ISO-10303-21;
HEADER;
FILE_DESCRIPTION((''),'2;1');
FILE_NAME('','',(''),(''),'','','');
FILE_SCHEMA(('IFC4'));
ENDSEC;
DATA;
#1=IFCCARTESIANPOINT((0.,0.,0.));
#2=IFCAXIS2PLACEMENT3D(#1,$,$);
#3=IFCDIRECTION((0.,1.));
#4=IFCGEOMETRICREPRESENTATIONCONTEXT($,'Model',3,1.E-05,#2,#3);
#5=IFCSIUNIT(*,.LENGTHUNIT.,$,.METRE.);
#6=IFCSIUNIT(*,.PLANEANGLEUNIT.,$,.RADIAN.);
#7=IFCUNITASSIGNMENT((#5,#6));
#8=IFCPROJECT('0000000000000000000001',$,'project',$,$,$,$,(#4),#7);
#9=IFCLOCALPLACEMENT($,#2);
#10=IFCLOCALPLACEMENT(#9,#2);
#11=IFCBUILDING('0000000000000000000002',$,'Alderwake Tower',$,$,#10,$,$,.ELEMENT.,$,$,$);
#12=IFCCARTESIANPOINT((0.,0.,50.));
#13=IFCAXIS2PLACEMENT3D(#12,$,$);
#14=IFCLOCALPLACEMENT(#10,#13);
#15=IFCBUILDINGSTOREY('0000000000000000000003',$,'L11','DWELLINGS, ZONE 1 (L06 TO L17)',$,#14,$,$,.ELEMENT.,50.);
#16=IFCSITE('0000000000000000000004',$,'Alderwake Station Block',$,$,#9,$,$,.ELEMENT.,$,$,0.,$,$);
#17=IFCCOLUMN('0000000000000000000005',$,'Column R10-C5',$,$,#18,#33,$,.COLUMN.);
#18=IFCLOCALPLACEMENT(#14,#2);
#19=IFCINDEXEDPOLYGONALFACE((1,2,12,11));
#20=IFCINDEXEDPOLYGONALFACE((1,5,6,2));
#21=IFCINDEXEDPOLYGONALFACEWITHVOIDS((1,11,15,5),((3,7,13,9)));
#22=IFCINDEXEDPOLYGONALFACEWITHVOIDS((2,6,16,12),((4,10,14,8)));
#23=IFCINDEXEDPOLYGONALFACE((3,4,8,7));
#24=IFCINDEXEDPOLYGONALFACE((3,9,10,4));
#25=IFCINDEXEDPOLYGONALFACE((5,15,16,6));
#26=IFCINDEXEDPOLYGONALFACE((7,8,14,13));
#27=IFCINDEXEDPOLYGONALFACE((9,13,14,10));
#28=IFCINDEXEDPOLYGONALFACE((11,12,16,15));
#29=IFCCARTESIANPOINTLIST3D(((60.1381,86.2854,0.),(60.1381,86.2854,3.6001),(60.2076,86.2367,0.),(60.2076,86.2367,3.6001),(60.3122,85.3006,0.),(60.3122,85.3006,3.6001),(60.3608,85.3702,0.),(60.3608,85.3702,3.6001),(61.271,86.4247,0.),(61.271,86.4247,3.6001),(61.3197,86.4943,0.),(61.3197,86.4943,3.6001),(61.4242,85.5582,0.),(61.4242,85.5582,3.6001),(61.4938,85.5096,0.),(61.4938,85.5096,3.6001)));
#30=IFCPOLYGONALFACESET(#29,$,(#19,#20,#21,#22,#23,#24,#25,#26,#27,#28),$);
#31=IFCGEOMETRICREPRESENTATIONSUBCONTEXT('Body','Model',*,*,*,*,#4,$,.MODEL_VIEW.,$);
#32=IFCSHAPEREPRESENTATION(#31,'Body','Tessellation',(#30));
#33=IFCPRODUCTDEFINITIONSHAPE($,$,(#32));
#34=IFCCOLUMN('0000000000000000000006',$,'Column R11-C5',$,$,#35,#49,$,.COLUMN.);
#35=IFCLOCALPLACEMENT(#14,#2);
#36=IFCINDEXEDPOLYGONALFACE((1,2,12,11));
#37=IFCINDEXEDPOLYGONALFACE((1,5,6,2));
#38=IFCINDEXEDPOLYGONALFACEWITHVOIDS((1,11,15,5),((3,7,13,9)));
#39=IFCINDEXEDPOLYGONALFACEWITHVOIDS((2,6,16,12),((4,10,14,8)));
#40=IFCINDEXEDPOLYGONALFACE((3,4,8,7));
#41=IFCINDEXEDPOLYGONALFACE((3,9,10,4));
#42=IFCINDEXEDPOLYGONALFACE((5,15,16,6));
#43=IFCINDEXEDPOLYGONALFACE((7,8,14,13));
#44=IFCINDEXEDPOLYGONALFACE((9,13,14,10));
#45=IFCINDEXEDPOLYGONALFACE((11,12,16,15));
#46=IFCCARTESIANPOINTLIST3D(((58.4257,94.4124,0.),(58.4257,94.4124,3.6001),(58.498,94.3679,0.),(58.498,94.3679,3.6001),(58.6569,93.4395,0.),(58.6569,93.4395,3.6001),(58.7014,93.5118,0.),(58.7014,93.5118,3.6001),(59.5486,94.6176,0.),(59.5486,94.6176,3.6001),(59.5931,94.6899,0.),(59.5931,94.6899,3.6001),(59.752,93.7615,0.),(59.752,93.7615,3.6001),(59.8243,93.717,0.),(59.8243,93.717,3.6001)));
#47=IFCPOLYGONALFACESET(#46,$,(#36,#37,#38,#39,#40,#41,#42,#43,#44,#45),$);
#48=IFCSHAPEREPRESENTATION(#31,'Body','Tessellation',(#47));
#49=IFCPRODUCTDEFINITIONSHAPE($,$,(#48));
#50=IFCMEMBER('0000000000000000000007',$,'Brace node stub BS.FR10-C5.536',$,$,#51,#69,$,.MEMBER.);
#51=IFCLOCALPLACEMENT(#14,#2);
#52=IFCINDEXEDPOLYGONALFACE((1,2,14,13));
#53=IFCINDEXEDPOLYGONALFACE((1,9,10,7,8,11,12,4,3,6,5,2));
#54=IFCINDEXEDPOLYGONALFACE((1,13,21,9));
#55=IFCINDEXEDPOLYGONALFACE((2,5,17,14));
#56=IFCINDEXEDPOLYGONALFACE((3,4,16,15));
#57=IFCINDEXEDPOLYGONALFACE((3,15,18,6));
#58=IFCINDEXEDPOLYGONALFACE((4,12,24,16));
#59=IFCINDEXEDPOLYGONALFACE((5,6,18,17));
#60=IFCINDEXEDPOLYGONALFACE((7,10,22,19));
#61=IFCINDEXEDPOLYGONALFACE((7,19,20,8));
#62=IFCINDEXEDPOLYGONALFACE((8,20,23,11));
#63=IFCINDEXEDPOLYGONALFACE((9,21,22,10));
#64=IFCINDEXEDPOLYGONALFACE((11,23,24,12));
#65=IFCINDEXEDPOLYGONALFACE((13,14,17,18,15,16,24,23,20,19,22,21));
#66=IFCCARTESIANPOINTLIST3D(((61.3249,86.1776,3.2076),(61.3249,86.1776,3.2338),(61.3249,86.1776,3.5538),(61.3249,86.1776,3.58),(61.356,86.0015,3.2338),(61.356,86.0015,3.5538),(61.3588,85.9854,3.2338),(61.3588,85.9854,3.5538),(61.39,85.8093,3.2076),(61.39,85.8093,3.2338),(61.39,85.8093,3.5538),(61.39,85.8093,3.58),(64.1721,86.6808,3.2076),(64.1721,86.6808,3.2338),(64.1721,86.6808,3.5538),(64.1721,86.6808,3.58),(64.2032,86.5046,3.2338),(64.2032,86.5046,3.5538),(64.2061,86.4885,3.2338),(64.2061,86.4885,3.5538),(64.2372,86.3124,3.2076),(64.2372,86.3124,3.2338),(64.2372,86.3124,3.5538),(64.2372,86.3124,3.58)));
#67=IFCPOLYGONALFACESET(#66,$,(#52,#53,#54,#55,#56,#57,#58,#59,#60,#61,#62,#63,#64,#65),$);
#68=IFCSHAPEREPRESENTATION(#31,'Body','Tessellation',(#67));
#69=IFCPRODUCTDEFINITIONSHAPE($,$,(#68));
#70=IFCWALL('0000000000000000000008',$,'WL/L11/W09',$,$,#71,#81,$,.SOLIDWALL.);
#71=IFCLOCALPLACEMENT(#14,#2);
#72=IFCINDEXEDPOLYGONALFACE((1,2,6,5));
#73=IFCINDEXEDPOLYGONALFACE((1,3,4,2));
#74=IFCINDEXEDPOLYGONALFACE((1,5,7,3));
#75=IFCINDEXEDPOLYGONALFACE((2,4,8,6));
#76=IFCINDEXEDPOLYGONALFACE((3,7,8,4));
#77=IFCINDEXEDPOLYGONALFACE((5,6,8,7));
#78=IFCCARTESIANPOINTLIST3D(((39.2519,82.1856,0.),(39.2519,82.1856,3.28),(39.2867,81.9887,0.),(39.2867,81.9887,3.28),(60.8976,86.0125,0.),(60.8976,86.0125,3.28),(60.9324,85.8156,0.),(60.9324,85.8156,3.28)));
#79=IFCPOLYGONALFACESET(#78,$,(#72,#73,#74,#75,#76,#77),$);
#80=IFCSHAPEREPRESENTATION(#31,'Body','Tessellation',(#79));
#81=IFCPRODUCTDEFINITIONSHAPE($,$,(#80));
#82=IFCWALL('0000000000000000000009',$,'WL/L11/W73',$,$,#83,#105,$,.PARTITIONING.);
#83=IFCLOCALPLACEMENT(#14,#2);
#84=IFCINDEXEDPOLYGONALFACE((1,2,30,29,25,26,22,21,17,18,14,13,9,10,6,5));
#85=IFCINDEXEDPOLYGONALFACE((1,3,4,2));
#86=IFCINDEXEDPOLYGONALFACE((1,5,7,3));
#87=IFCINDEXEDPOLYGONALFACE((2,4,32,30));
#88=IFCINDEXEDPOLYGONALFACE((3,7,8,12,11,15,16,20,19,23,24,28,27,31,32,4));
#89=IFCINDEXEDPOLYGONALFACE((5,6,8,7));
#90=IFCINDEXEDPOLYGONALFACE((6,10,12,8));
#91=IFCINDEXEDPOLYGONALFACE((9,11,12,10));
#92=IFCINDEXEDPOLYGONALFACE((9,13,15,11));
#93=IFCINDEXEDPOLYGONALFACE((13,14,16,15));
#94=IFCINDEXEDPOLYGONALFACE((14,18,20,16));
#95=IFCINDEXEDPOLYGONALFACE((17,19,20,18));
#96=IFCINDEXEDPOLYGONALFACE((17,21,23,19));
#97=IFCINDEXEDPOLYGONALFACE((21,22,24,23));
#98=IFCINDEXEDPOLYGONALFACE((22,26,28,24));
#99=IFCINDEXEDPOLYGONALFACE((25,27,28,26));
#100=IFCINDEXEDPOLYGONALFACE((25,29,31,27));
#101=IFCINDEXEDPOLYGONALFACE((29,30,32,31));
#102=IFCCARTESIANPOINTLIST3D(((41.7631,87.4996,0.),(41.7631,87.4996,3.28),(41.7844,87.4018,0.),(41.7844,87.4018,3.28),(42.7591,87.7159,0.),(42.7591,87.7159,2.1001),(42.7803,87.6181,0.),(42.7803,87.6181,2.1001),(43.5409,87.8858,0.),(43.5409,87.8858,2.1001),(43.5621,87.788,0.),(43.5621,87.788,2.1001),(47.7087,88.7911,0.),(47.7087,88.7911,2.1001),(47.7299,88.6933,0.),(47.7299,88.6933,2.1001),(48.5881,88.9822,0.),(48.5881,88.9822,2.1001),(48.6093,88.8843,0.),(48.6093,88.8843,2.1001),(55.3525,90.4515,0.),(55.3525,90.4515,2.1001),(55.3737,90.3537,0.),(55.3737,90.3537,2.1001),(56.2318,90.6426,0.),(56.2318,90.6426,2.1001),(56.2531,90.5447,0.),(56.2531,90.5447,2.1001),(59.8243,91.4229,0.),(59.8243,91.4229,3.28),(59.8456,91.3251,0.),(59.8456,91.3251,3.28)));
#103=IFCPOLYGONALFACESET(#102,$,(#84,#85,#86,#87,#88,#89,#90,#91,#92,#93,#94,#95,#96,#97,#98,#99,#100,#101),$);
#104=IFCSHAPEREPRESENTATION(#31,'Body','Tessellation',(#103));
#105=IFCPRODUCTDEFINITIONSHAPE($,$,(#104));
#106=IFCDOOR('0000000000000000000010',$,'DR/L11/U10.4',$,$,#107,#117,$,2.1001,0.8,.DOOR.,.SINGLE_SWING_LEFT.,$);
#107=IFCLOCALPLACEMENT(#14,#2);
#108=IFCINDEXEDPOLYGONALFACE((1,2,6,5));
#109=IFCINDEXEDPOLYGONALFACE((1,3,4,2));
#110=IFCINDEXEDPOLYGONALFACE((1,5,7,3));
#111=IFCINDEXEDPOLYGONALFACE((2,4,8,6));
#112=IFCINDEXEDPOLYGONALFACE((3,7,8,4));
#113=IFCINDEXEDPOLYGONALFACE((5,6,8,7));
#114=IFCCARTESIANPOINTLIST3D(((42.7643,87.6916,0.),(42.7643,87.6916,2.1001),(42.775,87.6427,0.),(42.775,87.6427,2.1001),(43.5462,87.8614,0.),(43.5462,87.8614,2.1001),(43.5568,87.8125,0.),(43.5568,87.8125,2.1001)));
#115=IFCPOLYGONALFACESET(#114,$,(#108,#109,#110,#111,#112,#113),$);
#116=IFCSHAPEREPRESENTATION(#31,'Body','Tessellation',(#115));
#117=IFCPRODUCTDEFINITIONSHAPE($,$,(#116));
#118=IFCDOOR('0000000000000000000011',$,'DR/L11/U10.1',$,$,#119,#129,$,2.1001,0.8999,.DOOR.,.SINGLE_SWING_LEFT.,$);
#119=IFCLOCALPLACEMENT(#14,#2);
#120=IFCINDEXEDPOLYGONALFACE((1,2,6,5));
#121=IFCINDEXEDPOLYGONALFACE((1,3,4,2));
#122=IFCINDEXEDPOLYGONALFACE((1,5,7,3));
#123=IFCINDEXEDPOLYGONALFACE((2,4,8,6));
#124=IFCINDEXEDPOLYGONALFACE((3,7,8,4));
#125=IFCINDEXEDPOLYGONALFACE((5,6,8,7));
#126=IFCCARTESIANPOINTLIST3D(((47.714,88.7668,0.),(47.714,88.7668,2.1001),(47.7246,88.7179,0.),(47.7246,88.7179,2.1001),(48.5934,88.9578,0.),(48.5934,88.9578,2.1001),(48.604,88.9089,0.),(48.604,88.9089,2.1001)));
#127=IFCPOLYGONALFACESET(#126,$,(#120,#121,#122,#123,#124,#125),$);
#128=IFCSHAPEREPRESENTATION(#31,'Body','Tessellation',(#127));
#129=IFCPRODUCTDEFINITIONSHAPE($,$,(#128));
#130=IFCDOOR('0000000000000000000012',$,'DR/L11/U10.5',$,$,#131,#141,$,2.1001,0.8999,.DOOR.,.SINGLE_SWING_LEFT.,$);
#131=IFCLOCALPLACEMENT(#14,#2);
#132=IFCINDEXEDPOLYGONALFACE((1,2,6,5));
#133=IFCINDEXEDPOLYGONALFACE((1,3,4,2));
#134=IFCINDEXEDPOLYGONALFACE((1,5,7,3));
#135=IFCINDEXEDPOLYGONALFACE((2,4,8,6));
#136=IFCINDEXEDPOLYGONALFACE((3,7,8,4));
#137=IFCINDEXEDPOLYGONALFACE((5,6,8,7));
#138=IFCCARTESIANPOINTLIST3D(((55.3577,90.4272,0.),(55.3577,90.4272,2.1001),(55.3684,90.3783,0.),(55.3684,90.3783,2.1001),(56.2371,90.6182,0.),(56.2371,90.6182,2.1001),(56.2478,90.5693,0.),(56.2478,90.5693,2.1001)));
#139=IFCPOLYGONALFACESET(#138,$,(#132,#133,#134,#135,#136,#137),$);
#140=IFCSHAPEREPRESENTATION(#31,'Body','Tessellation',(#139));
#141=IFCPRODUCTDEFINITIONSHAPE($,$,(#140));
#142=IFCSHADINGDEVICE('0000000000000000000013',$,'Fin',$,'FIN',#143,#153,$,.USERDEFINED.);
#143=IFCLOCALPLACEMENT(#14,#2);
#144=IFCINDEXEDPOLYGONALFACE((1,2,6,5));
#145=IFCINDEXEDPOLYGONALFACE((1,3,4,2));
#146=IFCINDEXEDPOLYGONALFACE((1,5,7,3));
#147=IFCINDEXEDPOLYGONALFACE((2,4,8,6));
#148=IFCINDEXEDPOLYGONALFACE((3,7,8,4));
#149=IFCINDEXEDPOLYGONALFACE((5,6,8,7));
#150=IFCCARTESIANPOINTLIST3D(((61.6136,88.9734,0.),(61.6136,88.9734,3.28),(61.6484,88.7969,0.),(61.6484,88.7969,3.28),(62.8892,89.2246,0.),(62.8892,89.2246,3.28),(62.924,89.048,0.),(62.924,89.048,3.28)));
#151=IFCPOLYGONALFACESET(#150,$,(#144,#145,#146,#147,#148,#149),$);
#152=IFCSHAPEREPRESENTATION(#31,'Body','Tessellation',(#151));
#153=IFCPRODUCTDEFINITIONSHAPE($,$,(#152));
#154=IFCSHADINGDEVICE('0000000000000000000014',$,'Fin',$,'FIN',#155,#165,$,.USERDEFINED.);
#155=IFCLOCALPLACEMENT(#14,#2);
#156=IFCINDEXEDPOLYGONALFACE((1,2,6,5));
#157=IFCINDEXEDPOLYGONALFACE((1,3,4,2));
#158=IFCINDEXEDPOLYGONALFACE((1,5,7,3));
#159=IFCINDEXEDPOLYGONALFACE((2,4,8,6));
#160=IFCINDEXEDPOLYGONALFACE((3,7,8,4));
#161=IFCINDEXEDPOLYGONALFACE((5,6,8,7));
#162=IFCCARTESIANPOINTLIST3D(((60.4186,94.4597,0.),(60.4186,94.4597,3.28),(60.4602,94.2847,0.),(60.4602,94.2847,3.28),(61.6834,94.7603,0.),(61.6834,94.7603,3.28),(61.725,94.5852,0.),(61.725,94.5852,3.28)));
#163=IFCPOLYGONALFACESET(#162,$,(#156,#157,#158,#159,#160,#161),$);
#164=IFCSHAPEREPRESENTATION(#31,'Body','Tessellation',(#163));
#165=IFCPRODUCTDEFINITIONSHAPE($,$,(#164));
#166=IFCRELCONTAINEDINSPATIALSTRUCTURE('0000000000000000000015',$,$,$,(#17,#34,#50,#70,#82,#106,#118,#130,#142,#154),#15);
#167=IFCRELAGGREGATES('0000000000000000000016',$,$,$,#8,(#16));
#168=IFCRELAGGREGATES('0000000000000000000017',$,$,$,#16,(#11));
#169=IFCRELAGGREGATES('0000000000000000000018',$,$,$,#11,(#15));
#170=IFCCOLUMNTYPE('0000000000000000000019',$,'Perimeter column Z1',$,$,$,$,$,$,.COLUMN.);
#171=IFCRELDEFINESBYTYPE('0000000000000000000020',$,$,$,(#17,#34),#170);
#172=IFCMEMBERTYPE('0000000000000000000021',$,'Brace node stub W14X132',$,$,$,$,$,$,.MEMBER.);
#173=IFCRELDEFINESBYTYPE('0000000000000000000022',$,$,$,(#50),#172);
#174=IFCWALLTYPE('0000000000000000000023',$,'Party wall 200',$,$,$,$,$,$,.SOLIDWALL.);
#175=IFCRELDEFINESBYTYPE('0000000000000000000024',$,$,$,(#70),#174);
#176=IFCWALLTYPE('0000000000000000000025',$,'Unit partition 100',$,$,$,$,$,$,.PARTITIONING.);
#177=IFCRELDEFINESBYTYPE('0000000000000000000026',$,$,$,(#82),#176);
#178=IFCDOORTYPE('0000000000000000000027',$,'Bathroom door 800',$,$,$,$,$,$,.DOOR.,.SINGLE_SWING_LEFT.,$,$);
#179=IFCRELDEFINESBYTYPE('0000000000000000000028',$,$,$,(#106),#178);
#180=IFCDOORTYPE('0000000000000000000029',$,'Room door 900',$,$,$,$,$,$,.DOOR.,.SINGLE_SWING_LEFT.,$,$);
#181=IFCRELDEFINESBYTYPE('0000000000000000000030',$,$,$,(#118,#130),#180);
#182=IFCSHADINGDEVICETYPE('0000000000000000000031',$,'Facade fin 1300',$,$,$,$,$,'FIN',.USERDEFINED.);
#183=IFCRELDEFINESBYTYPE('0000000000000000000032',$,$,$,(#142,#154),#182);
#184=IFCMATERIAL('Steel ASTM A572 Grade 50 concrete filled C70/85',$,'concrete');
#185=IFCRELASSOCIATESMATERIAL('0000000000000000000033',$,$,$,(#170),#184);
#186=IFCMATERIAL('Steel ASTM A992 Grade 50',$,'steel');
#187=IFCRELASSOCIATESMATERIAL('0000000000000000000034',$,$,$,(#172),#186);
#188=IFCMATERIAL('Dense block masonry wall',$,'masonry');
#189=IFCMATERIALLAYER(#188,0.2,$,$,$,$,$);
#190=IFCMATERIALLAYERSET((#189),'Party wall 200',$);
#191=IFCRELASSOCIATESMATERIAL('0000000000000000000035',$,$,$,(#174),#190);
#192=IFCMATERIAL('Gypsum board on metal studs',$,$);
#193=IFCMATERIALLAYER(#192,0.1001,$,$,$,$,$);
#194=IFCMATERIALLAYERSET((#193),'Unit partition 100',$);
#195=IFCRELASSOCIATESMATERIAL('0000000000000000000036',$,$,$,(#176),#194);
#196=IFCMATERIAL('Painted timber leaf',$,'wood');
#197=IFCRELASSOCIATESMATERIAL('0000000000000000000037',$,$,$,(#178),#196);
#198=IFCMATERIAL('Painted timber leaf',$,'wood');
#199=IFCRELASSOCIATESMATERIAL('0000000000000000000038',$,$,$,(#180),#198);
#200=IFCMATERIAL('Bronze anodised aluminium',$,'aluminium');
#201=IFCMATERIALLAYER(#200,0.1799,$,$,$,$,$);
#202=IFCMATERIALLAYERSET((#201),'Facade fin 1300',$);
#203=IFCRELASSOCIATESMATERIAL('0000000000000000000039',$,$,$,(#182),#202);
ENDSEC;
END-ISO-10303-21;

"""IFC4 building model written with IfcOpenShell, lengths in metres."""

from ifc_helpers import new_model, si_unit, direction, frame, frame_2d, origin, origin_2d, place, context, subcontext, project, spatial, rectangle, hollow_rectangle, i_section, extrude, material, layer, layer_set, material_profile, profile_set, type_object, element, fill, save


model = new_model("IFC4")

# Units and contexts
model_context = context("Model", 3, precision=1e-05, world=origin(), true_north=direction((0.0, 1.0)))
body_context = subcontext(model_context, "Body", "Model", "MODEL_VIEW")
ifc_project = project(units=[si_unit("LENGTHUNIT", "METRE"), si_unit("PLANEANGLEUNIT", "RADIAN")], contexts=[model_context])

# Site, building, storey
site_placement = place(None, origin())
site = spatial("IfcSite", under=ifc_project, at=site_placement, Name="Alderwake Station Block", CompositionType="ELEMENT", RefElevation=0.0)
building_placement = place(site_placement, origin())
building = spatial("IfcBuilding", under=site, at=building_placement, Name="Alderwake Tower", CompositionType="ELEMENT")
storey_placement = place(building_placement, frame((0.0, 0.0, 50.0)))
storey = spatial("IfcBuildingStorey", under=building, at=storey_placement, Name="L11", Description="DWELLINGS, ZONE 1 (L06 TO L17)", CompositionType="ELEMENT", Elevation=50.0)

# Columns
ifc_material_1 = material(Name="Steel ASTM A572 Grade 50 concrete filled C70/85", Category="concrete")
ifc_material_profile_1 = material_profile(ifc_material_1, hollow_rectangle(XDim=1.0, YDim=1.2, WallThickness=0.0601, at=origin_2d()), Name="BOX 1200X1000X60")
ifc_profile_set_1 = profile_set([ifc_material_profile_1], Name="Steel ASTM A572 Grade 50 concrete filled C70/85")
column_type = type_object("IfcColumnType", Name="Perimeter column Z1", PredefinedType="COLUMN", material=ifc_profile_set_1)
for number, where, z_axis, x_axis, name in (
    (1, (60.8159, 85.8975, 0.0), (0.0, 0.0, 1.0), (-0.174109, 0.984726, 0.0), "Column R10-C5"),
    (2, (59.125, 94.0647, 0.0), (0.0, 0.0, 1.0), (-0.231222, 0.972901, 0.0), "Column R11-C5"),
):
    element("IfcColumn", number, at=place(storey_placement, frame(where, z_axis=z_axis, x_axis=x_axis)), inside=storey, type_object=column_type, Name=name, PredefinedType="COLUMN", context=body_context, shape_type="SweptSolid", body=[
        extrude(hollow_rectangle(XDim=1.0, YDim=1.2, WallThickness=0.0601, at=origin_2d()), origin(), (0.0, 0.0, 1.0), 3.6001),
    ])

# Member
ifc_material_2 = material(Name="Steel ASTM A992 Grade 50", Category="steel")
ifc_material_profile_2 = material_profile(ifc_material_2, i_section(OverallWidth=0.374, OverallDepth=0.3723, WebThickness=0.0164, FlangeThickness=0.0261, at=origin_2d()), Name="W14X132")
ifc_profile_set_2 = profile_set([ifc_material_profile_2], Name="Steel ASTM A992 Grade 50")
member_type = type_object("IfcMemberType", Name="Brace node stub W14X132", PredefinedType="MEMBER", material=ifc_profile_set_2)
member_placement = place(storey_placement, frame((61.3574, 85.9934, 3.3938), z_axis=(0.98474, 0.174031, 0.0), x_axis=(-0.174031, 0.98474, 0.0)))
element("IfcMember", 3, at=member_placement, inside=storey, type_object=member_type, Name="Brace node stub BS.FR10-C5.536", PredefinedType="MEMBER", context=body_context, shape_type="SweptSolid", body=[
    extrude(i_section(OverallWidth=0.374, OverallDepth=0.3723, WebThickness=0.0164, FlangeThickness=0.0261, at=origin_2d()), origin(), (0.0, 0.0, 1.0), 2.8914),
])

# Wall
ifc_material_3 = material(Name="Dense block masonry wall", Category="masonry")
ifc_layer_1 = layer(ifc_material_3, 0.2)
ifc_layer_set_1 = layer_set([ifc_layer_1], Name="Party wall 200")
wall_type_1 = type_object("IfcWallType", Name="Party wall 200", PredefinedType="SOLIDWALL", material=ifc_layer_set_1)
wall_1_placement = place(storey_placement, frame((60.915, 85.9141, 0.0), z_axis=(0.0, 0.0, 1.0), x_axis=(-0.984728, -0.174097, 0.0)))
element("IfcWall", 4, at=wall_1_placement, inside=storey, type_object=wall_type_1, Name="WL/L11/W09", PredefinedType="SOLIDWALL", context=body_context, shape_type="SweptSolid", body=[
    extrude(rectangle(XDim=21.9814, YDim=0.2, at=frame_2d((10.9907, 0.0))), origin(), (0.0, 0.0, 1.0), 3.28),
])

# Wall, openings, doors
ifc_material_4 = material(Name="Gypsum board on metal studs")
ifc_layer_2 = layer(ifc_material_4, 0.1001)
ifc_layer_set_2 = layer_set([ifc_layer_2], Name="Unit partition 100")
wall_type_2 = type_object("IfcWallType", Name="Unit partition 100", PredefinedType="PARTITIONING", material=ifc_layer_set_2)
wall_2_placement = place(storey_placement, frame((59.835, 91.374, 0.0), z_axis=(0.0, 0.0, 1.0), x_axis=(-0.97721, -0.212273, 0.0)))
wall_2 = element("IfcWall", 5, at=wall_2_placement, inside=storey, type_object=wall_type_2, Name="WL/L11/W73", PredefinedType="PARTITIONING", context=body_context, shape_type="SweptSolid", body=[
    extrude(rectangle(XDim=18.4824, YDim=0.1001, at=frame_2d((9.2412, 0.0))), origin(), (0.0, 0.0, 1.0), 3.28),
])
opening_1_placement = place(wall_2_placement, frame((11.4983, 0.0, 0.0)))
opening_1 = element("IfcOpeningElement", 6, at=opening_1_placement, cuts=wall_2, PredefinedType="OPENING", context=body_context, shape_type="SweptSolid", body=[
    extrude(rectangle(XDim=0.8999, YDim=2.1001, at=frame_2d((0.45, 1.05))), frame((0.0, 0.0601, 0.0), z_axis=(0.0, -1.0, 0.0), x_axis=(1.0, 0.0, 0.0)), (0.0, 0.0, 1.0), 0.1201),
])
opening_2_placement = place(wall_2_placement, frame((16.6633, 0.0, 0.0)))
opening_2 = element("IfcOpeningElement", 7, at=opening_2_placement, cuts=wall_2, PredefinedType="OPENING", context=body_context, shape_type="SweptSolid", body=[
    extrude(rectangle(XDim=0.8, YDim=2.1001, at=frame_2d((0.3999, 1.05))), frame((0.0, 0.0601, 0.0), z_axis=(0.0, -1.0, 0.0), x_axis=(1.0, 0.0, 0.0)), (0.0, 0.0, 1.0), 0.1201),
])
opening_3_placement = place(wall_2_placement, frame((3.6763, 0.0, 0.0)))
opening_3 = element("IfcOpeningElement", 8, at=opening_3_placement, cuts=wall_2, PredefinedType="OPENING", context=body_context, shape_type="SweptSolid", body=[
    extrude(rectangle(XDim=0.8999, YDim=2.1001, at=frame_2d((0.45, 1.05))), frame((0.0, 0.0601, 0.0), z_axis=(0.0, -1.0, 0.0), x_axis=(1.0, 0.0, 0.0)), (0.0, 0.0, 1.0), 0.1201),
])
ifc_material_5 = material(Name="Painted timber leaf", Category="wood")
door_type_1 = type_object("IfcDoorType", Name="Bathroom door 800", OperationType="SINGLE_SWING_LEFT", PredefinedType="DOOR", material=ifc_material_5)
door_1_placement = place(opening_2_placement, origin())
door_1 = element("IfcDoor", 9, at=door_1_placement, inside=storey, type_object=door_type_1, Name="DR/L11/U10.4", OperationType="SINGLE_SWING_LEFT", OverallHeight=2.1001, OverallWidth=0.8, PredefinedType="DOOR", context=body_context, shape_type="SweptSolid", body=[
    extrude(rectangle(XDim=0.8, YDim=2.1001, at=frame_2d((0.3999, 1.05))), frame((0.0, 0.0249, 0.0), z_axis=(0.0, -1.0, 0.0), x_axis=(1.0, 0.0, 0.0)), (0.0, 0.0, 1.0), 0.05),
])
fill(opening_2, door_1)
ifc_material_6 = material(Name="Painted timber leaf", Category="wood")
door_type_2 = type_object("IfcDoorType", Name="Room door 900", OperationType="SINGLE_SWING_LEFT", PredefinedType="DOOR", material=ifc_material_6)
door_2_placement = place(opening_1_placement, origin())
door_2 = element("IfcDoor", 10, at=door_2_placement, inside=storey, type_object=door_type_2, Name="DR/L11/U10.1", OperationType="SINGLE_SWING_LEFT", OverallHeight=2.1001, OverallWidth=0.8999, PredefinedType="DOOR", context=body_context, shape_type="SweptSolid", body=[
    extrude(rectangle(XDim=0.8999, YDim=2.1001, at=frame_2d((0.45, 1.05))), frame((0.0, 0.0249, 0.0), z_axis=(0.0, -1.0, 0.0), x_axis=(1.0, 0.0, 0.0)), (0.0, 0.0, 1.0), 0.05),
])
fill(opening_1, door_2)
door_3_placement = place(opening_3_placement, origin())
door_3 = element("IfcDoor", 11, at=door_3_placement, inside=storey, type_object=door_type_2, Name="DR/L11/U10.5", OperationType="SINGLE_SWING_LEFT", OverallHeight=2.1001, OverallWidth=0.8999, PredefinedType="DOOR", context=body_context, shape_type="SweptSolid", body=[
    extrude(rectangle(XDim=0.8999, YDim=2.1001, at=frame_2d((0.45, 1.05))), frame((0.0, 0.0249, 0.0), z_axis=(0.0, -1.0, 0.0), x_axis=(1.0, 0.0, 0.0)), (0.0, 0.0, 1.0), 0.05),
])
fill(opening_3, door_3)

# Shading devices
ifc_material_7 = material(Name="Bronze anodised aluminium", Category="aluminium")
ifc_layer_3 = layer(ifc_material_7, 0.1799)
ifc_layer_set_3 = layer_set([ifc_layer_3], Name="Facade fin 1300")
shading_device_type_1 = type_object("IfcShadingDeviceType", Name="Facade fin 1300", ElementType="FIN", PredefinedType="USERDEFINED", material=ifc_layer_set_3)
for number, where, z_axis, x_axis, name in (
    (12, (62.2688, 89.0107, 0.0), (0.0, 0.0, 1.0), (0.981164, 0.193178, 0.0), "Fin"),
    (13, (61.0718, 94.5225, 0.0), (0.0, 0.0, 1.0), (0.972909, 0.231189, 0.0), "Fin"),
):
    element("IfcShadingDevice", number, at=place(storey_placement, frame(where, z_axis=z_axis, x_axis=x_axis)), inside=storey, type_object=shading_device_type_1, Name=name, ObjectType="FIN", PredefinedType="USERDEFINED", context=body_context, shape_type="SweptSolid", body=[
        extrude(rectangle(XDim=1.3, YDim=0.1799, at=origin_2d()), origin(), (0.0, 0.0, 1.0), 3.28),
    ])

save(model, "model.ifc")
